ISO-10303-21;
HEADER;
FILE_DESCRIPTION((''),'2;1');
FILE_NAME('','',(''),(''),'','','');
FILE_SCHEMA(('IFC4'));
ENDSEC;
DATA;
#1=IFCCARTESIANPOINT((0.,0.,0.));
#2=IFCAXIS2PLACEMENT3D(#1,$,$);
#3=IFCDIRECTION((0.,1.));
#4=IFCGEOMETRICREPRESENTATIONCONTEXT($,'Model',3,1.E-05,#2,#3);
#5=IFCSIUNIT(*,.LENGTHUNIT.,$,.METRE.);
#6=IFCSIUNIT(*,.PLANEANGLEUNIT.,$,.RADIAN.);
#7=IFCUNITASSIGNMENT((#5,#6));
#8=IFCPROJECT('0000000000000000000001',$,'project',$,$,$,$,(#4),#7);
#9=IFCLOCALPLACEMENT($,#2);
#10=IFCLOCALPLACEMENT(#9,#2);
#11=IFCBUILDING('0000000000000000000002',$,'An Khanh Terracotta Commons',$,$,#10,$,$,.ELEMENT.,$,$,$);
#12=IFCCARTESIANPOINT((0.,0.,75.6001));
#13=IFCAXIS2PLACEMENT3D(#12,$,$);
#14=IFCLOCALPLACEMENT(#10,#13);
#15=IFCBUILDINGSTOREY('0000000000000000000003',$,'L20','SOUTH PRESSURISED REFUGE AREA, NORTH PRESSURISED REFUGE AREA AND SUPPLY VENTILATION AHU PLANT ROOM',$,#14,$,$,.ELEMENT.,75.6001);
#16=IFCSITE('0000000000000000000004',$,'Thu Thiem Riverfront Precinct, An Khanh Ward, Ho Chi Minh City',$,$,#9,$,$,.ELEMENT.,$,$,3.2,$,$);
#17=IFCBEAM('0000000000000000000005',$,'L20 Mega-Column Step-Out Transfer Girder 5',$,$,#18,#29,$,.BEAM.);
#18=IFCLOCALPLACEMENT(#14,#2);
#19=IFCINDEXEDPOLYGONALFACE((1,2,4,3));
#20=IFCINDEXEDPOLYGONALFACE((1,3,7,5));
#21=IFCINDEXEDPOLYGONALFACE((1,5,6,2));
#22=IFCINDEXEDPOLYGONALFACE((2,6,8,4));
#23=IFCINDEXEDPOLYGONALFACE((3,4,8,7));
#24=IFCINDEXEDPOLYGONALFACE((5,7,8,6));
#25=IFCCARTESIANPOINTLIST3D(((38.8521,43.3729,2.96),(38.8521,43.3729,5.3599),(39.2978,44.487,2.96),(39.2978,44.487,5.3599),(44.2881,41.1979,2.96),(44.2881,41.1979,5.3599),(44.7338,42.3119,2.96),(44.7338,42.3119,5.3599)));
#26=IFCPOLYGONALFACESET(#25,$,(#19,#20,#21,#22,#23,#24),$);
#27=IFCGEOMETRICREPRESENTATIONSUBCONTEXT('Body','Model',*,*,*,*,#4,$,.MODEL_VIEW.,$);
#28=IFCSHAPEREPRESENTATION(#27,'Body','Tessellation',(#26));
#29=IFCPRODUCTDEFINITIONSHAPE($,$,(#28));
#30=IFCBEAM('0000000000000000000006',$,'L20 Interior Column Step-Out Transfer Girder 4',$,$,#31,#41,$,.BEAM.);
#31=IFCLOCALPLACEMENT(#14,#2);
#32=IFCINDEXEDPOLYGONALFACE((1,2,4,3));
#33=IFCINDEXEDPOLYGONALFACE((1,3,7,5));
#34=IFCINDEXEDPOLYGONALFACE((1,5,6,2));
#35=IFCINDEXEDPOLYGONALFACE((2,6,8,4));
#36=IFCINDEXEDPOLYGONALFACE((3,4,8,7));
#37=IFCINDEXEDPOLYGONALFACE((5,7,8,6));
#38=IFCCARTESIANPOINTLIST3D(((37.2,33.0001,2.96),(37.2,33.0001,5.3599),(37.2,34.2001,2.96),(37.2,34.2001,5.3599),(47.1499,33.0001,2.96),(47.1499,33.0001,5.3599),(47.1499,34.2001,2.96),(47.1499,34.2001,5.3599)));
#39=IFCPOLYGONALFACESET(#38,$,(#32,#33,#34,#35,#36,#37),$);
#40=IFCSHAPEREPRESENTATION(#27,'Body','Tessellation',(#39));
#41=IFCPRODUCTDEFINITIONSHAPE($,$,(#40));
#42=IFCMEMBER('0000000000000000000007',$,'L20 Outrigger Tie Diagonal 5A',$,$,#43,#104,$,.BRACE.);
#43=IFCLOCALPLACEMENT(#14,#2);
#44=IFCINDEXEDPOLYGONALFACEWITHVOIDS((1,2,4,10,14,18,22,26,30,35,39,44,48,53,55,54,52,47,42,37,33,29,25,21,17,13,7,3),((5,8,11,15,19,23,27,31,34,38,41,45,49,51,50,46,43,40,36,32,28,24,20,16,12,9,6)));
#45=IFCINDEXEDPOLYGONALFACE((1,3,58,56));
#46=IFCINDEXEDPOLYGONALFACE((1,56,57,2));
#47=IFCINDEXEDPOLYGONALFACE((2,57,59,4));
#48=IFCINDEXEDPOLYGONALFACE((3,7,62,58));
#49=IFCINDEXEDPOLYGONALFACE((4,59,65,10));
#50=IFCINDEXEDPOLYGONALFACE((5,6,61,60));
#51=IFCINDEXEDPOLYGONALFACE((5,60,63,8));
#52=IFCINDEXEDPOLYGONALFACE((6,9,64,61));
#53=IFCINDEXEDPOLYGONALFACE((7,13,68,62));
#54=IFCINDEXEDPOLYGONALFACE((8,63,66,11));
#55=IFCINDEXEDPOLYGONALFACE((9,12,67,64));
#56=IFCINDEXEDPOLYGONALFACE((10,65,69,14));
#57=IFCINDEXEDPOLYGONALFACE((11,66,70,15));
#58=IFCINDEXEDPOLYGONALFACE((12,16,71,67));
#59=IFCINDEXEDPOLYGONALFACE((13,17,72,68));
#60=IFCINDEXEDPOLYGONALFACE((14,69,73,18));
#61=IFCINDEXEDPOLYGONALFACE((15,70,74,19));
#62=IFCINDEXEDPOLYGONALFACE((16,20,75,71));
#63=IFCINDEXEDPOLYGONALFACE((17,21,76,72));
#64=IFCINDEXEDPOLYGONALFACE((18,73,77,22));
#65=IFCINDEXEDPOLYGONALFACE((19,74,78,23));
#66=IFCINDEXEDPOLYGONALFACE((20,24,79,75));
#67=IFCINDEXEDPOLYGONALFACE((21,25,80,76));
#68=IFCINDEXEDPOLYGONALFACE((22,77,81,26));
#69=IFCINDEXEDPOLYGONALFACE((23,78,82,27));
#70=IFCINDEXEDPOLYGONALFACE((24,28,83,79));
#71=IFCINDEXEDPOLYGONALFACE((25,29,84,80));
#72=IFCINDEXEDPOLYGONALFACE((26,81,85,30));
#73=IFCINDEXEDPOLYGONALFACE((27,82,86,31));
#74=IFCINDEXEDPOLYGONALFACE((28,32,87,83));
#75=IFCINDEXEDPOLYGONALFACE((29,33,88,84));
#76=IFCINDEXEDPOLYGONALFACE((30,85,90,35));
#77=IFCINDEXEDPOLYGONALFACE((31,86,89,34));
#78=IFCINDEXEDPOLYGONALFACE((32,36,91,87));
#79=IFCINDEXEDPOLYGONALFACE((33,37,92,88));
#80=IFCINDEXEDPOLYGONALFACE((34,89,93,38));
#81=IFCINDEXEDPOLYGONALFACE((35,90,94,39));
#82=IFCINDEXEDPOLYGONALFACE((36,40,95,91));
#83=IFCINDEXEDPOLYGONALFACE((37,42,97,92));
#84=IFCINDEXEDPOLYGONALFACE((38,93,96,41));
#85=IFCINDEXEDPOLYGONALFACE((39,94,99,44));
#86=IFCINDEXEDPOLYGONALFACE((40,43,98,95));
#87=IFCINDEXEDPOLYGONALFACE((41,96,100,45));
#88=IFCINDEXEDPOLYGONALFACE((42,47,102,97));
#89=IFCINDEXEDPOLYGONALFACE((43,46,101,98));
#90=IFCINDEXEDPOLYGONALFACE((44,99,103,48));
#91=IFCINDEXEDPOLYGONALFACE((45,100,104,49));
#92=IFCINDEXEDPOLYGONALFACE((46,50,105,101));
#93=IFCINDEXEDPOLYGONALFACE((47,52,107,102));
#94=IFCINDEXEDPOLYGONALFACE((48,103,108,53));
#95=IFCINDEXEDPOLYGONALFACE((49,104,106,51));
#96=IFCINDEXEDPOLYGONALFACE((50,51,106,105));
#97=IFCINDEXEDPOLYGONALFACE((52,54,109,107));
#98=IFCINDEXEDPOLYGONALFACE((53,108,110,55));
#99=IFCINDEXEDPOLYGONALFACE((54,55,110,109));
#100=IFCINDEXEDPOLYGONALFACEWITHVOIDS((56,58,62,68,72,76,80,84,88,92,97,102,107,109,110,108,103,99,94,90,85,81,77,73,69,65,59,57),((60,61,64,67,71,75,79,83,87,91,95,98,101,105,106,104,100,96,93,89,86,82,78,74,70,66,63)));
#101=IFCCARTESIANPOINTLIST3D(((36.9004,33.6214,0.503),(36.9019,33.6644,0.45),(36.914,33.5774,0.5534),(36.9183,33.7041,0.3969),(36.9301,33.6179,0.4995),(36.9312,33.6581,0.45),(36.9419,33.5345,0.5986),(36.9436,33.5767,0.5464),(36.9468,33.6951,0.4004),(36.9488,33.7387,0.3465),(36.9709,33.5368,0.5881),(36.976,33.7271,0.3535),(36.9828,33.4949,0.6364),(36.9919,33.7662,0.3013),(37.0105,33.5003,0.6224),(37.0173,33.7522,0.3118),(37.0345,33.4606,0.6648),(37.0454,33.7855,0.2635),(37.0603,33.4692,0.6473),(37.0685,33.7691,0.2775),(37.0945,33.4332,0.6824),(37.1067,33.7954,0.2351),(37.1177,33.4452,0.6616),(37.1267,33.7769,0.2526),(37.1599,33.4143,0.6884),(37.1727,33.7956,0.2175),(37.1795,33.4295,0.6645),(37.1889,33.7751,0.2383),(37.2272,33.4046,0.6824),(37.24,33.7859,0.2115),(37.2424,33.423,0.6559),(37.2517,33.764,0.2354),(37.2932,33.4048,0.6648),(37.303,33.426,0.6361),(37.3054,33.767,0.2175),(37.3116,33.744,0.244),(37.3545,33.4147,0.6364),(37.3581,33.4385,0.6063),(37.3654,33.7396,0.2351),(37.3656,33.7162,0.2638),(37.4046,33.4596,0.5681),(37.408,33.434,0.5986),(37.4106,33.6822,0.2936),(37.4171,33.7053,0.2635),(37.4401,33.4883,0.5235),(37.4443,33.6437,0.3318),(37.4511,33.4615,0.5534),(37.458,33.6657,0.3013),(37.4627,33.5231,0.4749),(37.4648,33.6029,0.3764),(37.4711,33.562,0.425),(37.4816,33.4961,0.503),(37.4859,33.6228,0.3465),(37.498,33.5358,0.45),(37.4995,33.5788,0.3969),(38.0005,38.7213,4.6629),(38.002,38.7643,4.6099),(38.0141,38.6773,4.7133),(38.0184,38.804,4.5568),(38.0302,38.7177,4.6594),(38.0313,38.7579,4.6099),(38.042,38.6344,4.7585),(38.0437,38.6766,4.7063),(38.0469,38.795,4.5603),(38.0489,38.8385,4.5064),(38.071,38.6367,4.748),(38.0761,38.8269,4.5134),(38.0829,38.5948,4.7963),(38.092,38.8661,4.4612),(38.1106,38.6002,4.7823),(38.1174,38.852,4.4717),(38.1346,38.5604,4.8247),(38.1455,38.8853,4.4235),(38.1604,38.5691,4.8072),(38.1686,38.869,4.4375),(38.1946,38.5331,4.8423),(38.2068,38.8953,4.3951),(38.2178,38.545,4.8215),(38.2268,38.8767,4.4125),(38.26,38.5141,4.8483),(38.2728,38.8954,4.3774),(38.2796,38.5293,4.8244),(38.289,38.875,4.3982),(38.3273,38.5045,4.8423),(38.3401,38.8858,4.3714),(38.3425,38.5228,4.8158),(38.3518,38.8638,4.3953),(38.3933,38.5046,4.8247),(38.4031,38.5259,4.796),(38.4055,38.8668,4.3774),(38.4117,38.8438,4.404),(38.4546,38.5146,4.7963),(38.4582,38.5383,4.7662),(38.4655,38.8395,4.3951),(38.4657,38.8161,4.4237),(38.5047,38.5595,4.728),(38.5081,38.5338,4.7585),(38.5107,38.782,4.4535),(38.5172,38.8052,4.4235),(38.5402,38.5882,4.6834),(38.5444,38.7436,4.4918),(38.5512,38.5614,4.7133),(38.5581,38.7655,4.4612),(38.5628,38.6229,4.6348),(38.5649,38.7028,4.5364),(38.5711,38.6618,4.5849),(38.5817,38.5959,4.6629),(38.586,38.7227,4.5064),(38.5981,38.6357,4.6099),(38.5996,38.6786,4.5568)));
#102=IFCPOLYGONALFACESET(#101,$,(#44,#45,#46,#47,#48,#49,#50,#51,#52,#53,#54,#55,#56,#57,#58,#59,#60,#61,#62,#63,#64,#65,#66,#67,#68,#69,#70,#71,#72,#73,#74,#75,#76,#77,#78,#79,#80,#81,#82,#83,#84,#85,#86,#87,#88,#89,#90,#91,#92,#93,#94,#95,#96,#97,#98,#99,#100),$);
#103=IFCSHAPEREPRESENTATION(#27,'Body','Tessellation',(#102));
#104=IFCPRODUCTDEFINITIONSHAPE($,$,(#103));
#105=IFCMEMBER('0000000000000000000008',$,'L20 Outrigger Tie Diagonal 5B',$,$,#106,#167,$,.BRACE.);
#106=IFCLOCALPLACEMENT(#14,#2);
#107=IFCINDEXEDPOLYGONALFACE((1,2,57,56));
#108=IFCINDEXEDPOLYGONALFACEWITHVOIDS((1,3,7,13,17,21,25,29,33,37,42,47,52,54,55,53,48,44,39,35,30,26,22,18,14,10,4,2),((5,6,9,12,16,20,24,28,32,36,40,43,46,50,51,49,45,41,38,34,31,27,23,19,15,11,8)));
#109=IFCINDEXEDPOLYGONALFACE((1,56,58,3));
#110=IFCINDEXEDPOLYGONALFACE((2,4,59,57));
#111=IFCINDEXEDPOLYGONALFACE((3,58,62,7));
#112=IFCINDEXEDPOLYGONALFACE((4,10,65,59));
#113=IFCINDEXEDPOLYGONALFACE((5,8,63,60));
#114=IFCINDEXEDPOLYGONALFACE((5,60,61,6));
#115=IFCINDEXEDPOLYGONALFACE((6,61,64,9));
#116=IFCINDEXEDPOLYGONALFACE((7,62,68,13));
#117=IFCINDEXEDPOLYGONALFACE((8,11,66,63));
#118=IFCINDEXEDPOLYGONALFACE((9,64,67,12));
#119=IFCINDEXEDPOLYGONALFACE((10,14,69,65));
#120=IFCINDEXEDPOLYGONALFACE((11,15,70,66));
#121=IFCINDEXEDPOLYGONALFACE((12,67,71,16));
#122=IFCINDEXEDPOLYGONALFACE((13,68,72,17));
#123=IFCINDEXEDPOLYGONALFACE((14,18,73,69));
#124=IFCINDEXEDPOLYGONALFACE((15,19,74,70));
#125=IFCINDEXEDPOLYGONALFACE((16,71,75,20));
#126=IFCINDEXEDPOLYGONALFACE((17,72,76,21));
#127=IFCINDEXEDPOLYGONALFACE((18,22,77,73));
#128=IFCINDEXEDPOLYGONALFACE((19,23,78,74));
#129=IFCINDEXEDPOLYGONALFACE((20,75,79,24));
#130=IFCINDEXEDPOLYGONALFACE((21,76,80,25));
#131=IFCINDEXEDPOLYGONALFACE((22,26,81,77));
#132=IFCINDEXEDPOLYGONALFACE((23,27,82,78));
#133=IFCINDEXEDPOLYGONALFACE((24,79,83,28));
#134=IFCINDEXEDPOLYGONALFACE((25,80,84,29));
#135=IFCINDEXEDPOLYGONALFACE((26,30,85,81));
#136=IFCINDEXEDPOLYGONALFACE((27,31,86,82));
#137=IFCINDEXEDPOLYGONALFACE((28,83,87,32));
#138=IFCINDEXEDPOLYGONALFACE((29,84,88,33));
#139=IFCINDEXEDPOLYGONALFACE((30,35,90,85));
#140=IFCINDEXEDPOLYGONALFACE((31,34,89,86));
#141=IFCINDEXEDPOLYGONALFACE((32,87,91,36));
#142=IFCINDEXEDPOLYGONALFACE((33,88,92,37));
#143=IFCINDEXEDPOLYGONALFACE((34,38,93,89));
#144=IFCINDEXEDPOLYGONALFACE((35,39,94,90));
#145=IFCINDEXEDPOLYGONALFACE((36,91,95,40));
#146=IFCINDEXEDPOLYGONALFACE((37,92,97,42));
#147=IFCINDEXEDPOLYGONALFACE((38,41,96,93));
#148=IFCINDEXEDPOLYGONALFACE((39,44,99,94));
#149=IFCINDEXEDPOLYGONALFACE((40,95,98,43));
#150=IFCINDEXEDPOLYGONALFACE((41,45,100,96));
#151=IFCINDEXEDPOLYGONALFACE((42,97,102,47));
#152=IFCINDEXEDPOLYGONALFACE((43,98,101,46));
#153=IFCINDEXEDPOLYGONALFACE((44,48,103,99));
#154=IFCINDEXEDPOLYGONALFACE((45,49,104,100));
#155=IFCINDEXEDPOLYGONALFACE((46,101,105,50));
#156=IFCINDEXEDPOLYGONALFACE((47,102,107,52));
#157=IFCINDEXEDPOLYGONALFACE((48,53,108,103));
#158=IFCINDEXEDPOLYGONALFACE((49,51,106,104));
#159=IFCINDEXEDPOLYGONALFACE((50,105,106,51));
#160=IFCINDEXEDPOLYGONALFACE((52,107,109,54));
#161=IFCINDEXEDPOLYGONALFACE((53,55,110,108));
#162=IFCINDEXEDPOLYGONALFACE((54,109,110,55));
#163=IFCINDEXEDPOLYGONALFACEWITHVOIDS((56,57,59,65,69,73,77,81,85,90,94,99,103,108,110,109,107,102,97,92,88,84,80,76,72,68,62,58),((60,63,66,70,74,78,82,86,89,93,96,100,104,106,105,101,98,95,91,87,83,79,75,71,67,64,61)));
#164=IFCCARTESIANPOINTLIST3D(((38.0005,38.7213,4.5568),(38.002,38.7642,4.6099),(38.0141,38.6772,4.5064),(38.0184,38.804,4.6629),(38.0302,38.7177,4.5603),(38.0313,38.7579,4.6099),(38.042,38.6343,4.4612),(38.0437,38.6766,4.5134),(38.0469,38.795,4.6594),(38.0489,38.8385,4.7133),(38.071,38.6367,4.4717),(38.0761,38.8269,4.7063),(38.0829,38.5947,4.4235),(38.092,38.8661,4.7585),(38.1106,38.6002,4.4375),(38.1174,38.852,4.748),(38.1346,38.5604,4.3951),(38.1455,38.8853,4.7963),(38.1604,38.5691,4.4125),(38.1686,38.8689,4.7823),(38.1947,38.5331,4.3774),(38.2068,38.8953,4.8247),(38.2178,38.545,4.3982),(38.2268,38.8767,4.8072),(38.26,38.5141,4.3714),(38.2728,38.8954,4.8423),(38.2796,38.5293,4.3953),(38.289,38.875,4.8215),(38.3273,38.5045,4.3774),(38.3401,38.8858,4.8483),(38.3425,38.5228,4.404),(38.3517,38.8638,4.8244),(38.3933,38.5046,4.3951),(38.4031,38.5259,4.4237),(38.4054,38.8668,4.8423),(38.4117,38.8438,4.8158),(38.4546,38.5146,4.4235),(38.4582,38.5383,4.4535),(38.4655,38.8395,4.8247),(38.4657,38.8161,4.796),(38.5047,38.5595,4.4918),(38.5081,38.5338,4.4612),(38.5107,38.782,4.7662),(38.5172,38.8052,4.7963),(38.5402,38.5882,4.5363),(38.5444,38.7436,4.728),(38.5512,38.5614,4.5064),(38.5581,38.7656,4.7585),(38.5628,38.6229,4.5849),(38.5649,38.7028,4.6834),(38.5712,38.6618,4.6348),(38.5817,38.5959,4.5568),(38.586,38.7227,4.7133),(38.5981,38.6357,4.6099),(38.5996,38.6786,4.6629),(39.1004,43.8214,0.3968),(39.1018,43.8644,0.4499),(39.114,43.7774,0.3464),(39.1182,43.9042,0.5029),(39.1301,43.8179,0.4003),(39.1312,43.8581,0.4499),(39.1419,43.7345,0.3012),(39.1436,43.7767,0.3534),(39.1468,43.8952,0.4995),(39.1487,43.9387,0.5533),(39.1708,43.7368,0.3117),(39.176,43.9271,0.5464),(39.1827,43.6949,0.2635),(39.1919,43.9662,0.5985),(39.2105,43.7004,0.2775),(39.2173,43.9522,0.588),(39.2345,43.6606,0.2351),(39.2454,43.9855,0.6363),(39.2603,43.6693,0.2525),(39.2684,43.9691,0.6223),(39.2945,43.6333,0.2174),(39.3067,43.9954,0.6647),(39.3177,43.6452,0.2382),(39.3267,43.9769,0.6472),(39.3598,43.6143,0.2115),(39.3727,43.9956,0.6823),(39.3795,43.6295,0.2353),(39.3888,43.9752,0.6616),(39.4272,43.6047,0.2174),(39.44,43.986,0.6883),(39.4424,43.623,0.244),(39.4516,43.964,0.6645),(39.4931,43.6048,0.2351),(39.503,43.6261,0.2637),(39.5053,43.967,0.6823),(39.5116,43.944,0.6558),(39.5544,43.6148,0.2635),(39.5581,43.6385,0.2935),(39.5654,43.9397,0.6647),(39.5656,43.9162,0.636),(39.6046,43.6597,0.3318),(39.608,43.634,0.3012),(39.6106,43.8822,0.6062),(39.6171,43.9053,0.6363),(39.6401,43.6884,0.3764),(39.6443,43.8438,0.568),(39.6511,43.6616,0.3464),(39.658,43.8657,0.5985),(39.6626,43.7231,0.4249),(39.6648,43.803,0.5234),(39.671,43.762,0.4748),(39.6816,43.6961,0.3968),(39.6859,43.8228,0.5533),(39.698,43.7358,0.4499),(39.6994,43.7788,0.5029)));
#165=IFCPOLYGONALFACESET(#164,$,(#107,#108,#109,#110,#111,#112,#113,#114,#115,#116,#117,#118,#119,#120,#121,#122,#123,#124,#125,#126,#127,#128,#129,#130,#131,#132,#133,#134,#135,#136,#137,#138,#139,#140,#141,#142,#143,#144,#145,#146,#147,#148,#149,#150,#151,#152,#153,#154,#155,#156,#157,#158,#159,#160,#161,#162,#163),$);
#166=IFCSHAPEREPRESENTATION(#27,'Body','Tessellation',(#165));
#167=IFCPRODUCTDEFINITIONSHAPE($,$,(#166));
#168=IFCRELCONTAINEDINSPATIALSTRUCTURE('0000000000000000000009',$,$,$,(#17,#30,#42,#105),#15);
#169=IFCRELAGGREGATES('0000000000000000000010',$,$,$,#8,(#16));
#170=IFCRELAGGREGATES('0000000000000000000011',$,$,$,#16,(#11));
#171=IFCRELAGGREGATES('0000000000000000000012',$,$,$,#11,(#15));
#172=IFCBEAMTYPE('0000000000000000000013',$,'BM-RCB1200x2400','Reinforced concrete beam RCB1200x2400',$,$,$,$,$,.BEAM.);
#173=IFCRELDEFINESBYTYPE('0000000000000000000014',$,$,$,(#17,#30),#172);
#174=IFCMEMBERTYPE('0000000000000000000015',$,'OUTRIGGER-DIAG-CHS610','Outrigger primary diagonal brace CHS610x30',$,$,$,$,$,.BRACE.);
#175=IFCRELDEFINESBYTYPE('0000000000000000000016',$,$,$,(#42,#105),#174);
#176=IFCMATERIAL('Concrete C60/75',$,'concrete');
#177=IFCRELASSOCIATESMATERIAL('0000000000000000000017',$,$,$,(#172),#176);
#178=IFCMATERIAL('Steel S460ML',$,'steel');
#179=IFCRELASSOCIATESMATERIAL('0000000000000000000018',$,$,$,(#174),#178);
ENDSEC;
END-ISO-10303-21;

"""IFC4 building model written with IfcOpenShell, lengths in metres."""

from ifc_helpers import new_model, si_unit, direction, frame, origin, origin_2d, place, context, subcontext, project, spatial, rectangle, hollow_circle, extrude, material, material_profile, profile_set, type_object, element, save


model = new_model("IFC4")

# Units and contexts
model_context = context("Model", 3, precision=1e-05, world=origin(), true_north=direction((0.0, 1.0)))
body_context = subcontext(model_context, "Body", "Model", "MODEL_VIEW")
ifc_project = project(units=[si_unit("LENGTHUNIT", "METRE"), si_unit("PLANEANGLEUNIT", "RADIAN")], contexts=[model_context])

# Site, building, storey
site_placement = place(None, origin())
site = spatial("IfcSite", under=ifc_project, at=site_placement, Name="Thu Thiem Riverfront Precinct, An Khanh Ward, Ho Chi Minh City", CompositionType="ELEMENT", RefElevation=3.2)
building_placement = place(site_placement, origin())
building = spatial("IfcBuilding", under=site, at=building_placement, Name="An Khanh Terracotta Commons", CompositionType="ELEMENT")
storey_placement = place(building_placement, frame((0.0, 0.0, 75.6001)))
storey = spatial("IfcBuildingStorey", under=building, at=storey_placement, Name="L20", Description="SOUTH PRESSURISED REFUGE AREA, NORTH PRESSURISED REFUGE AREA AND SUPPLY VENTILATION AHU PLANT ROOM", CompositionType="ELEMENT", Elevation=75.6001)

# Shared definitions
ifc_material_1 = material(Name="Steel S460ML", Category="steel")

# Beams
ifc_material_2 = material(Name="Concrete C60/75", Category="concrete")
ifc_material_profile_1 = material_profile(ifc_material_2, rectangle(XDim=1.2, YDim=2.3999, at=origin_2d()), Name="RCB1200x2400")
ifc_profile_set_1 = profile_set([ifc_material_profile_1], Name="Concrete C60/75")
beam_type_1 = type_object("IfcBeamType", Name="BM-RCB1200x2400", Description="Reinforced concrete beam RCB1200x2400", PredefinedType="BEAM", material=ifc_profile_set_1)
beam_1_placement = place(storey_placement, frame((39.075, 43.9299, 4.1599), z_axis=(0.928439, -0.371484, 0.0), x_axis=(0.371484, 0.928439, 0.0)))
element("IfcBeam", 1, at=beam_1_placement, inside=storey, type_object=beam_type_1, Name="L20 Mega-Column Step-Out Transfer Girder 5", PredefinedType="BEAM", context=body_context, shape_type="SweptSolid", body=[
    extrude(rectangle(XDim=1.2, YDim=2.3999, at=origin_2d()), origin(), (0.0, 0.0, 1.0), 5.855),
])
beam_2_placement = place(storey_placement, frame((37.2, 33.6001, 4.1599), z_axis=(1.0, 0.0, 0.0), x_axis=(0.0, 1.0, 0.0)))
element("IfcBeam", 2, at=beam_2_placement, inside=storey, type_object=beam_type_1, Name="L20 Interior Column Step-Out Transfer Girder 4", PredefinedType="BEAM", context=body_context, shape_type="SweptSolid", body=[
    extrude(rectangle(XDim=1.2, YDim=2.3999, at=origin_2d()), origin(), (0.0, 0.0, 1.0), 9.95),
])

# Members
ifc_material_profile_2 = material_profile(ifc_material_1, hollow_circle(Radius=0.3049, WallThickness=0.03, at=origin_2d()), Name="CHS610x30")
ifc_profile_set_2 = profile_set([ifc_material_profile_2], Name="Steel S460ML")
member_type_1 = type_object("IfcMemberType", Name="OUTRIGGER-DIAG-CHS610", Description="Outrigger primary diagonal brace CHS610x30", PredefinedType="BRACE", material=ifc_profile_set_2)
member_1_placement = place(storey_placement, frame((37.2, 33.6001, 0.45), z_axis=(0.164868, 0.764298, 0.623432), x_axis=(-0.977516, 0.210862, 0.0)))
element("IfcMember", 3, at=member_1_placement, inside=storey, type_object=member_type_1, Name="L20 Outrigger Tie Diagonal 5A", PredefinedType="BRACE", context=body_context, shape_type="SweptSolid", body=[
    extrude(hollow_circle(Radius=0.3049, WallThickness=0.03, at=origin_2d()), origin(), (0.0, 0.0, 1.0), 6.6726),
])
member_2_placement = place(storey_placement, frame((38.3, 38.7, 4.6099), z_axis=(0.164828, 0.764318, -0.623418), x_axis=(-0.977528, 0.210807, 0.0)))
element("IfcMember", 4, at=member_2_placement, inside=storey, type_object=member_type_1, Name="L20 Outrigger Tie Diagonal 5B", PredefinedType="BRACE", context=body_context, shape_type="SweptSolid", body=[
    extrude(hollow_circle(Radius=0.3049, WallThickness=0.03, at=origin_2d()), origin(), (0.0, 0.0, 1.0), 6.6729),
])

save(model, "model.ifc")
